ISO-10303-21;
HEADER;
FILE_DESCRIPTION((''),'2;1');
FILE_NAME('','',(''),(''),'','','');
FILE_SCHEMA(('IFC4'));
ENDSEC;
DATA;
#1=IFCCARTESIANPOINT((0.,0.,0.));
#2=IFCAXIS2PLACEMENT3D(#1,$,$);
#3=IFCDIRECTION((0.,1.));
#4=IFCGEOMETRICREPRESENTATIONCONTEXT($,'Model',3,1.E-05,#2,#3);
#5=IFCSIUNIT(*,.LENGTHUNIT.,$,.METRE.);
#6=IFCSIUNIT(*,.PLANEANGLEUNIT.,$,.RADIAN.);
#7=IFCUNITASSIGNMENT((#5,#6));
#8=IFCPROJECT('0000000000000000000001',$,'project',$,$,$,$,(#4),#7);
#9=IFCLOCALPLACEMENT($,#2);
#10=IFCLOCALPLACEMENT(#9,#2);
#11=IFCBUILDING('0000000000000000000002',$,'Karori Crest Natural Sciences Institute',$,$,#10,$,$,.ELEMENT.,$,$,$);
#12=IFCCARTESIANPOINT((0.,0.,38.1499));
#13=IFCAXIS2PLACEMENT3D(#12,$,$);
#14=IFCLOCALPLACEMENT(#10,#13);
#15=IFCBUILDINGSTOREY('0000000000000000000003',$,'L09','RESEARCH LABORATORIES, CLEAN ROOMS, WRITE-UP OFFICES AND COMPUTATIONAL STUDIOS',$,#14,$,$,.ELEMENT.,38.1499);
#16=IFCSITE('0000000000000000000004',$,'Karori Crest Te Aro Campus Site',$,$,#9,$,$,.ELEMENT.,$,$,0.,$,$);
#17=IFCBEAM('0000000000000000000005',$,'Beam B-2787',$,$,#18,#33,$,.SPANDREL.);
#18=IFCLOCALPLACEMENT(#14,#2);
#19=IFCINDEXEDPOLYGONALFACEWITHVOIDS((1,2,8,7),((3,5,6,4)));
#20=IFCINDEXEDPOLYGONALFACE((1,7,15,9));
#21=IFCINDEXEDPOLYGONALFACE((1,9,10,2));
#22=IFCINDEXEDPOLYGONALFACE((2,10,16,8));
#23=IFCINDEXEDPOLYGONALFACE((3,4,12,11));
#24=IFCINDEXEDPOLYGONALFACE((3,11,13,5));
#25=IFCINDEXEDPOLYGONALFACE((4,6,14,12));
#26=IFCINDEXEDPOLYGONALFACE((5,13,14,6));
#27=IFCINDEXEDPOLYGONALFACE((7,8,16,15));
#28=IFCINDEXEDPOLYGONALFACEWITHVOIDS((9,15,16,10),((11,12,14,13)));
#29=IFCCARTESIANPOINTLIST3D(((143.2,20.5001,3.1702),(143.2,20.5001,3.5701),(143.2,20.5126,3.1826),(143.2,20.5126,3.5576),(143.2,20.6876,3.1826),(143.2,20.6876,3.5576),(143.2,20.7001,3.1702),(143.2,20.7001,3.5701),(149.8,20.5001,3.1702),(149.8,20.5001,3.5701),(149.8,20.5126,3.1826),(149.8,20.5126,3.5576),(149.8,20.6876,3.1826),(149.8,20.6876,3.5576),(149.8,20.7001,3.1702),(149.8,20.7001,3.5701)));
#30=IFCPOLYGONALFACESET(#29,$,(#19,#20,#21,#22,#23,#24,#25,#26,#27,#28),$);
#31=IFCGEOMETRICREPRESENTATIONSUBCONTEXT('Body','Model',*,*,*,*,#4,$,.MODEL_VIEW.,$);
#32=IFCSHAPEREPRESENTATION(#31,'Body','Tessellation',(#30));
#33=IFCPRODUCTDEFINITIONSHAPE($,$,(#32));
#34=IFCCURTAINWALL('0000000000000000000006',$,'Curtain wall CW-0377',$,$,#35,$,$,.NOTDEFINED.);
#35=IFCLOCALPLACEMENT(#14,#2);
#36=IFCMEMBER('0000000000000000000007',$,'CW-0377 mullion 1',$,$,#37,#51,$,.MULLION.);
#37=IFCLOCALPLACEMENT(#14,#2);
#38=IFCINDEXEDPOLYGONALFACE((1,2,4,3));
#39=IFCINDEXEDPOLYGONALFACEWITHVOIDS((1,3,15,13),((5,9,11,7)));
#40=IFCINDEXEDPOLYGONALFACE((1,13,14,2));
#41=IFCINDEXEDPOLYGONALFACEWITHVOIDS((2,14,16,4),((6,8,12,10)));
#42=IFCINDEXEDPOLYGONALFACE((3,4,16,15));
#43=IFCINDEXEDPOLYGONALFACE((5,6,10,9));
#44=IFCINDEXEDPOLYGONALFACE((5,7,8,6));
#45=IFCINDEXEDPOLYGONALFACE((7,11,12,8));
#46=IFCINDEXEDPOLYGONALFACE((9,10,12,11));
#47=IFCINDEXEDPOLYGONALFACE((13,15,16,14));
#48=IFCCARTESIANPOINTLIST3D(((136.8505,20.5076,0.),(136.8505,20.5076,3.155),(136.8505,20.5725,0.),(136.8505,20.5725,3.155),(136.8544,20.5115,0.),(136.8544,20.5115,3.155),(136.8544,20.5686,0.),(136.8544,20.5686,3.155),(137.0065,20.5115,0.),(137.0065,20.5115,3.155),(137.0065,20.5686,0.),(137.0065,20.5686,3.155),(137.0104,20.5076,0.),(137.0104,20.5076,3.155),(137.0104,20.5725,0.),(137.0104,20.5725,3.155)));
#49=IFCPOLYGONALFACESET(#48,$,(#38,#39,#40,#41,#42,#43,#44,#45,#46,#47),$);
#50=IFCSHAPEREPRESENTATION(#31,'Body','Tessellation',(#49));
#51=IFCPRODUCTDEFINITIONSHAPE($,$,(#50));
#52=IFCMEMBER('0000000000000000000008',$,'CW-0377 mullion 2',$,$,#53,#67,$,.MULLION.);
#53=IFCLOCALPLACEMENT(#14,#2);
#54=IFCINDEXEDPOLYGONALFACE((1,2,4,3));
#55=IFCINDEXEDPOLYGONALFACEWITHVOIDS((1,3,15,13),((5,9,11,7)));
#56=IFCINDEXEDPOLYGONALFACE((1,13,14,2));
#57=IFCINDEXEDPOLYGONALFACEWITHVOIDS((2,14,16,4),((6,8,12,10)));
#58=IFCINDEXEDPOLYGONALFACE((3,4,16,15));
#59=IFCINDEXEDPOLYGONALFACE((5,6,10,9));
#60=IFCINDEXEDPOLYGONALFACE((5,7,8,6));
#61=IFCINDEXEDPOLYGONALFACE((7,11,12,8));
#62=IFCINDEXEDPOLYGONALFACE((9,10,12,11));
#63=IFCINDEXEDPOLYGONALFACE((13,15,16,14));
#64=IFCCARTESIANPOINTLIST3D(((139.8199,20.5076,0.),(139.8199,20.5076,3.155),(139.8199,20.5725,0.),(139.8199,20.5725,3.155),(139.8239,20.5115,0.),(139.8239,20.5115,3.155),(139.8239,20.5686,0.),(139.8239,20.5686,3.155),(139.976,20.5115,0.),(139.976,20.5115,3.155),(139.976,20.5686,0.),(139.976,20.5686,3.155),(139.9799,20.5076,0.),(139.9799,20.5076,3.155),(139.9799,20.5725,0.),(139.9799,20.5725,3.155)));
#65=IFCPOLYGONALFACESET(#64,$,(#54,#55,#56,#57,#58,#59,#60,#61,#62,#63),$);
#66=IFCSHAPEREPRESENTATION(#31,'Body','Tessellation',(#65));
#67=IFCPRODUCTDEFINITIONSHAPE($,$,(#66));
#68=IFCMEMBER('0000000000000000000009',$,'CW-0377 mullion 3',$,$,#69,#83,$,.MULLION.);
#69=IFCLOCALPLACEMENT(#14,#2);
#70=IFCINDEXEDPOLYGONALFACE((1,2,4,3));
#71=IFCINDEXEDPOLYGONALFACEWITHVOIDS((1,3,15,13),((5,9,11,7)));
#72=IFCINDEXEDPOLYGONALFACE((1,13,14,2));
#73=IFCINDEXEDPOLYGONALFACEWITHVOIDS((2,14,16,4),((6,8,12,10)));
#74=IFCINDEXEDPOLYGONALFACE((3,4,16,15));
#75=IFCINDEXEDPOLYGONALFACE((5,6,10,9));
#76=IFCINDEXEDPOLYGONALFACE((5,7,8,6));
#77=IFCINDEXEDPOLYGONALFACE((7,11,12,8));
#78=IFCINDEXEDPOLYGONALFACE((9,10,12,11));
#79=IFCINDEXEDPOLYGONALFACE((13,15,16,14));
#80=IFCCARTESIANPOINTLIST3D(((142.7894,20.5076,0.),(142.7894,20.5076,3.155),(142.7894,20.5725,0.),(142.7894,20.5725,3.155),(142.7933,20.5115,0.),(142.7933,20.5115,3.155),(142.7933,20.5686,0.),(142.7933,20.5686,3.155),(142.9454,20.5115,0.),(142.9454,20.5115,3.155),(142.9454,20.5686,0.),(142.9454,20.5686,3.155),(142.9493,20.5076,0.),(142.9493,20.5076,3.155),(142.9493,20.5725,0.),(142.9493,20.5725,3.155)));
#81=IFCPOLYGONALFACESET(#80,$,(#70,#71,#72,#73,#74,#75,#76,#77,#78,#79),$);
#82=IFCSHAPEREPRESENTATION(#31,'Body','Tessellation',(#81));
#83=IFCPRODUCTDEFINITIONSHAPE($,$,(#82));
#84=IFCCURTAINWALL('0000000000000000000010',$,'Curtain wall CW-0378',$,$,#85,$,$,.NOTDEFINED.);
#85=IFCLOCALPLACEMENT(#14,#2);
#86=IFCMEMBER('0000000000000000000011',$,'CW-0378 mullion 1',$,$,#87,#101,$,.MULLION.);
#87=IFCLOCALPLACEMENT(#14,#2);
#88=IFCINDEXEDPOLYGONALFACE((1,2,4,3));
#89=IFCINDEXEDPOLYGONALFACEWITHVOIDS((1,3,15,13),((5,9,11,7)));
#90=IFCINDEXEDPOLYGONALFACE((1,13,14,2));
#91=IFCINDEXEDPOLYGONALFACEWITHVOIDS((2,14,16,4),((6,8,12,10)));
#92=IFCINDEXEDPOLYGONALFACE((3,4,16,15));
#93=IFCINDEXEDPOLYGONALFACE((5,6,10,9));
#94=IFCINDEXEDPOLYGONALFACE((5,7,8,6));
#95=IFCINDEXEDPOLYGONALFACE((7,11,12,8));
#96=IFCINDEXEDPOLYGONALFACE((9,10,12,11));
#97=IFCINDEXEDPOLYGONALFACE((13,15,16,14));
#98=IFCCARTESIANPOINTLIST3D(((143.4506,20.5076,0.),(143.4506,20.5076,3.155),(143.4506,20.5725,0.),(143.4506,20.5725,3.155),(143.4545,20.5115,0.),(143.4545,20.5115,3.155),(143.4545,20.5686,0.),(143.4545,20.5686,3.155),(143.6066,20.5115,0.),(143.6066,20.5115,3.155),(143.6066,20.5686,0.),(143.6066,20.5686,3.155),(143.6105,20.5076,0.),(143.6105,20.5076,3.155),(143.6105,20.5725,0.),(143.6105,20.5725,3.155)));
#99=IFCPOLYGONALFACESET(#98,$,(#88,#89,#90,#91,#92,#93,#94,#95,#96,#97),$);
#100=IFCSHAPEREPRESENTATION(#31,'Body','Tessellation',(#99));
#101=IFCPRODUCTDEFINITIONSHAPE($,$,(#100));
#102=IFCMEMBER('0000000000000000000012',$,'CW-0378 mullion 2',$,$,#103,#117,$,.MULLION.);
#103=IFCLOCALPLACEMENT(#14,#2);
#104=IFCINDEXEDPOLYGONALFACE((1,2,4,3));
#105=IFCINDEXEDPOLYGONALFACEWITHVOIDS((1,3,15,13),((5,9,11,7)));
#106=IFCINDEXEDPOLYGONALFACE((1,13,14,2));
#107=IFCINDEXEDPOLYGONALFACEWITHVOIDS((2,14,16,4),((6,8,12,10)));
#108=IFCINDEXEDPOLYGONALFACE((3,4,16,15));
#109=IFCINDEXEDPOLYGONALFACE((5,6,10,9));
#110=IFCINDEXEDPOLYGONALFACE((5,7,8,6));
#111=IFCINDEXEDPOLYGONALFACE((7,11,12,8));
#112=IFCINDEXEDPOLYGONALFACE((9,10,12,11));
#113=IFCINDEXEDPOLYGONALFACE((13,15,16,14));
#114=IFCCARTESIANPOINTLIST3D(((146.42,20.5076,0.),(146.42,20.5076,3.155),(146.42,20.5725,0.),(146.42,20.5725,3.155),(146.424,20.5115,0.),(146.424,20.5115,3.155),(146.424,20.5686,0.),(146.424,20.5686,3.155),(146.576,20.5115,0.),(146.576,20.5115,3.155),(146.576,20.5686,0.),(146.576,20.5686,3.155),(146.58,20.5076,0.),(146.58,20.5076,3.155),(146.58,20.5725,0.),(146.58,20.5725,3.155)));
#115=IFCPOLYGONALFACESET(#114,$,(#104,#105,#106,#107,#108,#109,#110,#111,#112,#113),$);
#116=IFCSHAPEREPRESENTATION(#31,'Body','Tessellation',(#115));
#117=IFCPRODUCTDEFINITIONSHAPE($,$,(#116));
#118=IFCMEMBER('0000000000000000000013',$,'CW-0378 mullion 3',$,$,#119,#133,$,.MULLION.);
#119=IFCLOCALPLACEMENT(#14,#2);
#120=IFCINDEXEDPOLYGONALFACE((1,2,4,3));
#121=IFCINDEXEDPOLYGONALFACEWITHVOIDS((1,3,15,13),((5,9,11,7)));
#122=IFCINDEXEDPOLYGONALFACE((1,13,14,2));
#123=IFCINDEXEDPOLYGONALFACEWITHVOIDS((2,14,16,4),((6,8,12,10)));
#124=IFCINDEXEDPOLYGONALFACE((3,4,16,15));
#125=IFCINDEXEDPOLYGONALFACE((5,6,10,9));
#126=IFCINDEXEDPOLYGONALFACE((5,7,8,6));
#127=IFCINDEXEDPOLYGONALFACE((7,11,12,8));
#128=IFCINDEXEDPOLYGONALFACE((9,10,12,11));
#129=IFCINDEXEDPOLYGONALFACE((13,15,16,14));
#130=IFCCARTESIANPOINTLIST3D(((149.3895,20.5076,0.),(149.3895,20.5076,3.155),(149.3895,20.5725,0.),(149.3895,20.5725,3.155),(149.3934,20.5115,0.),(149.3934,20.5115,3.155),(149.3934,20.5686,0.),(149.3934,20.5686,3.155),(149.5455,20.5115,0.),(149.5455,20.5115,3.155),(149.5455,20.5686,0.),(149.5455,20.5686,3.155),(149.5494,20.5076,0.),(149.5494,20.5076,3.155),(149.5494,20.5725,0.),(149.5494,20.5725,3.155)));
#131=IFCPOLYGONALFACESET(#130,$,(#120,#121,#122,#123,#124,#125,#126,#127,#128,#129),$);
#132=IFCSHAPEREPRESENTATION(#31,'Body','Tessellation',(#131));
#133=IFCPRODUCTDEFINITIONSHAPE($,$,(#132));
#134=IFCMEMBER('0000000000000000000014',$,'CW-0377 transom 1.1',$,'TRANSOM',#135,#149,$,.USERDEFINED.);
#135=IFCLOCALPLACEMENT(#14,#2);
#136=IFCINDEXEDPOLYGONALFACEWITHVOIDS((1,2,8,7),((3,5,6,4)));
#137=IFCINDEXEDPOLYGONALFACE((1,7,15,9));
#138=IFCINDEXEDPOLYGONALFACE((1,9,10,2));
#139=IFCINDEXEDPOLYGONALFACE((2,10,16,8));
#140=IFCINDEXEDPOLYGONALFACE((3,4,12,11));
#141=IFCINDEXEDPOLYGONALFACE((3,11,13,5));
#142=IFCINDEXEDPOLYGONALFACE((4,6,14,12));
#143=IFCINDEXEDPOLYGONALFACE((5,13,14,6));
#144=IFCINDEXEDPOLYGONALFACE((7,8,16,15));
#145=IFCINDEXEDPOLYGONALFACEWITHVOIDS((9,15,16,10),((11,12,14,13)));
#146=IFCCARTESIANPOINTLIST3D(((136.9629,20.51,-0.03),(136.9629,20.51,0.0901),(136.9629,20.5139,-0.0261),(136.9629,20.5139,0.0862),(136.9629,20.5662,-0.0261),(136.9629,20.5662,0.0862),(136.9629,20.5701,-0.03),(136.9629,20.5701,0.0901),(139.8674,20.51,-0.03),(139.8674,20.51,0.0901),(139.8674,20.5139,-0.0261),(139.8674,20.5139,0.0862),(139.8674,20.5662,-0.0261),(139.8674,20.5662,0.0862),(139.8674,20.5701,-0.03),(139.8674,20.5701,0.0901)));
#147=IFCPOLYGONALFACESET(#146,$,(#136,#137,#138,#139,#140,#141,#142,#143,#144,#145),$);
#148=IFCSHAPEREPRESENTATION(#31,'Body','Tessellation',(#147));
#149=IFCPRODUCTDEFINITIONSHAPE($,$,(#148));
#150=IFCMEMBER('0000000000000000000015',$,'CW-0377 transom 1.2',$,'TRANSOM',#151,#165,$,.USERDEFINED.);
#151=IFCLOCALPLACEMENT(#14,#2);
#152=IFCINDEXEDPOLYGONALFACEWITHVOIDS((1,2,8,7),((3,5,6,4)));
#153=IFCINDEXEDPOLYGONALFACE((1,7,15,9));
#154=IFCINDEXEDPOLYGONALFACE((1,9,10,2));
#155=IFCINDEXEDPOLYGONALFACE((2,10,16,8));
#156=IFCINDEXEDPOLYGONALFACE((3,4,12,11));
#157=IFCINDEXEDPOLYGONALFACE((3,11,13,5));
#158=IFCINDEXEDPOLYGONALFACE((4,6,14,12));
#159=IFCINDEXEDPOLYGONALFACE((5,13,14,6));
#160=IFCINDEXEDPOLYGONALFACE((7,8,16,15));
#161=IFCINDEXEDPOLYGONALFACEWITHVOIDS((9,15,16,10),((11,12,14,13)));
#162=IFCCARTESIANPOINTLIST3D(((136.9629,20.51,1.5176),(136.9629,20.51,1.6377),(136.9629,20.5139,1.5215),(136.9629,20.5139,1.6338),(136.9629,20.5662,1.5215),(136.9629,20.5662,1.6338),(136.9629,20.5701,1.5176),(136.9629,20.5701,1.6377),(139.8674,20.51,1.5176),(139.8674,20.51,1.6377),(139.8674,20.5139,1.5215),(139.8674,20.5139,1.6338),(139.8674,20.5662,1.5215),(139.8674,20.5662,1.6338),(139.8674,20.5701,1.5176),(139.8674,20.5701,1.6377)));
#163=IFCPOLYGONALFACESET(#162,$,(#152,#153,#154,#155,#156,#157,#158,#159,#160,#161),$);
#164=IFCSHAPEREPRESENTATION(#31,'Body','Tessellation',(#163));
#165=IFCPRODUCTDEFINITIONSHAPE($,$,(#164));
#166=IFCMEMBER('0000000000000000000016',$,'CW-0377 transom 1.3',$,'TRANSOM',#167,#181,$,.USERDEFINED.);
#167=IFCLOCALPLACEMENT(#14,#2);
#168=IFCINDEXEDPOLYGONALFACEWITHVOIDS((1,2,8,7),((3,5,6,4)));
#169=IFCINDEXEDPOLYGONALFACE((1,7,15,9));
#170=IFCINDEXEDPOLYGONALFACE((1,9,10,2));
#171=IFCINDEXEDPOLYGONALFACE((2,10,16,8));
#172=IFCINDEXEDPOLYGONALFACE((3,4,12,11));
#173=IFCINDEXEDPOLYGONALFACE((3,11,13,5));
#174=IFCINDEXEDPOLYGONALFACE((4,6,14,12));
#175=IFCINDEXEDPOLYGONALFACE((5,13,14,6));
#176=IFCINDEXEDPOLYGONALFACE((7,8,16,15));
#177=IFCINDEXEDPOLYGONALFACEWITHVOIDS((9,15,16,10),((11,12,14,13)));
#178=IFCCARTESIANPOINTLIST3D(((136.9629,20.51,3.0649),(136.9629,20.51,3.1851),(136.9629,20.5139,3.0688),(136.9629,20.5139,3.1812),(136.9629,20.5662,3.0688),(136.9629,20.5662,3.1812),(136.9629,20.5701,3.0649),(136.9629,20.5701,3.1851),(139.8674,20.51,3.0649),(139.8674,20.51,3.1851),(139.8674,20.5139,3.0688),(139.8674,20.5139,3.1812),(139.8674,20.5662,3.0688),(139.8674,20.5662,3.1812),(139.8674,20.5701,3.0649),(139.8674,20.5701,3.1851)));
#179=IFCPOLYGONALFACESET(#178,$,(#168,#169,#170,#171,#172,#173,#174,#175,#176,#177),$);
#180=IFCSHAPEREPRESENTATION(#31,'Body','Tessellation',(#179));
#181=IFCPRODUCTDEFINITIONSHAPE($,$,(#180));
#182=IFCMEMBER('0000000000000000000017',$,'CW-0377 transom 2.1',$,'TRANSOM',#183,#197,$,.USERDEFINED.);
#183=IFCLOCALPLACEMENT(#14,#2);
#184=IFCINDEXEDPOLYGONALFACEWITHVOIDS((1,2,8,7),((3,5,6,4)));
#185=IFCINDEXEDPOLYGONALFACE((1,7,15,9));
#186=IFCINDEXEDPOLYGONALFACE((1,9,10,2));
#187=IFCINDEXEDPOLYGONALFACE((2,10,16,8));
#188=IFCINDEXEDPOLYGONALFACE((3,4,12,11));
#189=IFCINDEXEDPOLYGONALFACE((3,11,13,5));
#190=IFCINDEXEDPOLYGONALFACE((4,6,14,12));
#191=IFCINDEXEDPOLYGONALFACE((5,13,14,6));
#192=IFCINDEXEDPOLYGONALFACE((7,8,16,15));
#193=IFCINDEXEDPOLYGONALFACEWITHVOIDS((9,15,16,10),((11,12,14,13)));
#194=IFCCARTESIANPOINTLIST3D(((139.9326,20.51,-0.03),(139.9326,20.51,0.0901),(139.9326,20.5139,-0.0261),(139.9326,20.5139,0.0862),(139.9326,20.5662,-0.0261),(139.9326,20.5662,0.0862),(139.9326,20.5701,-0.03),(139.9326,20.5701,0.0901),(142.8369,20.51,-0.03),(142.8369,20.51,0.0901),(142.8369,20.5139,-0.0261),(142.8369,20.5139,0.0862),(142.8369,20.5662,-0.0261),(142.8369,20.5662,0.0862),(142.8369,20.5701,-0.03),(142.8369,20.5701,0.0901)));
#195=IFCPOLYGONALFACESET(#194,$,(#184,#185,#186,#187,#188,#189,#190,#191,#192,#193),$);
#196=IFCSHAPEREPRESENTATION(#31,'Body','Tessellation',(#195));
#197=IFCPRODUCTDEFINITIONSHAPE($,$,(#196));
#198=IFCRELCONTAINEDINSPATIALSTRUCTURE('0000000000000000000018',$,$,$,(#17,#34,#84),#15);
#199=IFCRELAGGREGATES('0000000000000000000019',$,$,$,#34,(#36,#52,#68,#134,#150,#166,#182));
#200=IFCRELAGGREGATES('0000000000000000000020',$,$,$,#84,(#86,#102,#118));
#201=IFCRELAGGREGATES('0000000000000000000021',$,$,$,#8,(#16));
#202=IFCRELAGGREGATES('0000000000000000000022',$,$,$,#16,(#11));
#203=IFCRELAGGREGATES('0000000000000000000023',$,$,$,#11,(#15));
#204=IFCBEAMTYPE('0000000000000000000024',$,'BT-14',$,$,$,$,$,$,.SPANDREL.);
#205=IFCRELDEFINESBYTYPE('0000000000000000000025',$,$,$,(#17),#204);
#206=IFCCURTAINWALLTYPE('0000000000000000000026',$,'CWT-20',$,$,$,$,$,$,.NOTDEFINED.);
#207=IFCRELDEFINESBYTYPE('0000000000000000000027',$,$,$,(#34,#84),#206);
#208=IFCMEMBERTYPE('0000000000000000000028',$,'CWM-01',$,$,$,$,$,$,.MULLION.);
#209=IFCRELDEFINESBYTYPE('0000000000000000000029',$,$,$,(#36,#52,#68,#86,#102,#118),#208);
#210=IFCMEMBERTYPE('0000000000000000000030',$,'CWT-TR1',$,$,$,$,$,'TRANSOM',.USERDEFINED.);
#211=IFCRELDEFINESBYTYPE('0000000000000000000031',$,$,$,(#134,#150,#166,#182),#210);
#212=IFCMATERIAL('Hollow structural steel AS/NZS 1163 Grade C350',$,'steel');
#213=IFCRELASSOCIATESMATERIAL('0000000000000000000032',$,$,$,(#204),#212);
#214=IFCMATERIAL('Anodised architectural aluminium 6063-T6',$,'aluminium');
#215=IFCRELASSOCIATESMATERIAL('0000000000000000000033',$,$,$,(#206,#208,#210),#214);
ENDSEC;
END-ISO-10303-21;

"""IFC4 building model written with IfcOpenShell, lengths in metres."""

from ifc_helpers import new_model, si_unit, direction, frame, origin, origin_2d, place, context, subcontext, project, spatial, hollow_rectangle, extrude, material, material_profile, profile_set, type_object, element, aggregate, save


model = new_model("IFC4")

# Units and contexts
model_context = context("Model", 3, precision=1e-05, world=origin(), true_north=direction((0.0, 1.0)))
body_context = subcontext(model_context, "Body", "Model", "MODEL_VIEW")
ifc_project = project(units=[si_unit("LENGTHUNIT", "METRE"), si_unit("PLANEANGLEUNIT", "RADIAN")], contexts=[model_context])

# Site, building, storey
site_placement = place(None, origin())
site = spatial("IfcSite", under=ifc_project, at=site_placement, Name="Karori Crest Te Aro Campus Site", CompositionType="ELEMENT", RefElevation=0.0)
building_placement = place(site_placement, origin())
building = spatial("IfcBuilding", under=site, at=building_placement, Name="Karori Crest Natural Sciences Institute", CompositionType="ELEMENT")
storey_placement = place(building_placement, frame((0.0, 0.0, 38.1499)))
storey = spatial("IfcBuildingStorey", under=building, at=storey_placement, Name="L09", Description="RESEARCH LABORATORIES, CLEAN ROOMS, WRITE-UP OFFICES AND COMPUTATIONAL STUDIOS", CompositionType="ELEMENT", Elevation=38.1499)

# Beam
ifc_material_1 = material(Name="Hollow structural steel AS/NZS 1163 Grade C350", Category="steel")
ifc_material_profile_1 = material_profile(ifc_material_1, hollow_rectangle(XDim=0.2, YDim=0.3999, WallThickness=0.0125, at=origin_2d()), Name="RHS400x200x12.5")
ifc_profile_set_1 = profile_set([ifc_material_profile_1], Name="Hollow structural steel AS/NZS 1163 Grade C350")
beam_type_1 = type_object("IfcBeamType", Name="BT-14", PredefinedType="SPANDREL", material=ifc_profile_set_1)
beam_1_placement = place(storey_placement, frame((143.2, 20.6001, 3.3701), z_axis=(1.0, 0.0, 0.0), x_axis=(0.0, 1.0, 0.0)))
element("IfcBeam", 1, at=beam_1_placement, inside=storey, type_object=beam_type_1, Name="Beam B-2787", PredefinedType="SPANDREL", context=body_context, shape_type="SweptSolid", body=[
    extrude(hollow_rectangle(XDim=0.2, YDim=0.3999, WallThickness=0.0125, at=origin_2d()), origin(), (0.0, 0.0, 1.0), 6.6001),
])

# Curtain walls, members
ifc_material_2 = material(Name="Anodised architectural aluminium 6063-T6", Category="aluminium")
curtain_wall_type = type_object("IfcCurtainWallType", Name="CWT-20", PredefinedType="NOTDEFINED", material=ifc_material_2)
curtain_wall_1_placement = place(storey_placement, origin())
curtain_wall_1 = element("IfcCurtainWall", 2, at=curtain_wall_1_placement, inside=storey, type_object=curtain_wall_type, Name="Curtain wall CW-0377", PredefinedType="NOTDEFINED")
ifc_material_profile_2 = material_profile(ifc_material_2, hollow_rectangle(XDim=0.0649, YDim=0.1599, WallThickness=0.0039, at=origin_2d()), Name="CWM160x65x4")
ifc_profile_set_2 = profile_set([ifc_material_profile_2], Name="Anodised architectural aluminium 6063-T6")
member_type_1 = type_object("IfcMemberType", Name="CWM-01", PredefinedType="MULLION", material=ifc_profile_set_2)
member_1_placement = place(storey_placement, frame((136.9304, 20.54, 0.0), z_axis=(0.0, 0.0, 1.0), x_axis=(0.0, 1.0, 0.0)))
member_1 = element("IfcMember", 3, at=member_1_placement, type_object=member_type_1, Name="CW-0377 mullion 1", PredefinedType="MULLION", context=body_context, shape_type="SweptSolid", body=[
    extrude(hollow_rectangle(XDim=0.0649, YDim=0.1599, WallThickness=0.0039, at=origin_2d()), origin(), (0.0, 0.0, 1.0), 3.155),
])
member_2_placement = place(storey_placement, frame((139.8999, 20.54, 0.0), z_axis=(0.0, 0.0, 1.0), x_axis=(0.0, 1.0, 0.0)))
member_2 = element("IfcMember", 4, at=member_2_placement, type_object=member_type_1, Name="CW-0377 mullion 2", PredefinedType="MULLION", context=body_context, shape_type="SweptSolid", body=[
    extrude(hollow_rectangle(XDim=0.0649, YDim=0.1599, WallThickness=0.0039, at=origin_2d()), origin(), (0.0, 0.0, 1.0), 3.155),
])
member_3_placement = place(storey_placement, frame((142.8694, 20.54, 0.0), z_axis=(0.0, 0.0, 1.0), x_axis=(0.0, 1.0, 0.0)))
member_3 = element("IfcMember", 5, at=member_3_placement, type_object=member_type_1, Name="CW-0377 mullion 3", PredefinedType="MULLION", context=body_context, shape_type="SweptSolid", body=[
    extrude(hollow_rectangle(XDim=0.0649, YDim=0.1599, WallThickness=0.0039, at=origin_2d()), origin(), (0.0, 0.0, 1.0), 3.155),
])
curtain_wall_2_placement = place(storey_placement, origin())
curtain_wall_2 = element("IfcCurtainWall", 6, at=curtain_wall_2_placement, inside=storey, type_object=curtain_wall_type, Name="Curtain wall CW-0378", PredefinedType="NOTDEFINED")
member_4_placement = place(storey_placement, frame((143.5305, 20.54, 0.0), z_axis=(0.0, 0.0, 1.0), x_axis=(0.0, 1.0, 0.0)))
member_4 = element("IfcMember", 7, at=member_4_placement, type_object=member_type_1, Name="CW-0378 mullion 1", PredefinedType="MULLION", context=body_context, shape_type="SweptSolid", body=[
    extrude(hollow_rectangle(XDim=0.0649, YDim=0.1599, WallThickness=0.0039, at=origin_2d()), origin(), (0.0, 0.0, 1.0), 3.155),
])
member_5_placement = place(storey_placement, frame((146.5, 20.54, 0.0), z_axis=(0.0, 0.0, 1.0), x_axis=(0.0, 1.0, 0.0)))
member_5 = element("IfcMember", 8, at=member_5_placement, type_object=member_type_1, Name="CW-0378 mullion 2", PredefinedType="MULLION", context=body_context, shape_type="SweptSolid", body=[
    extrude(hollow_rectangle(XDim=0.0649, YDim=0.1599, WallThickness=0.0039, at=origin_2d()), origin(), (0.0, 0.0, 1.0), 3.155),
])
member_6_placement = place(storey_placement, frame((149.4695, 20.54, 0.0), z_axis=(0.0, 0.0, 1.0), x_axis=(0.0, 1.0, 0.0)))
member_6 = element("IfcMember", 9, at=member_6_placement, type_object=member_type_1, Name="CW-0378 mullion 3", PredefinedType="MULLION", context=body_context, shape_type="SweptSolid", body=[
    extrude(hollow_rectangle(XDim=0.0649, YDim=0.1599, WallThickness=0.0039, at=origin_2d()), origin(), (0.0, 0.0, 1.0), 3.155),
])

# Members
ifc_material_profile_3 = material_profile(ifc_material_2, hollow_rectangle(XDim=0.0601, YDim=0.1201, WallThickness=0.0039, at=origin_2d()), Name="CWT120x60x4")
ifc_profile_set_3 = profile_set([ifc_material_profile_3], Name="Anodised architectural aluminium 6063-T6")
member_type_2 = type_object("IfcMemberType", Name="CWT-TR1", ElementType="TRANSOM", PredefinedType="USERDEFINED", material=ifc_profile_set_3)
member_7_placement = place(storey_placement, frame((136.9629, 20.54, 0.03), z_axis=(1.0, 0.0, 0.0), x_axis=(0.0, 1.0, 0.0)))
member_7 = element("IfcMember", 10, at=member_7_placement, type_object=member_type_2, Name="CW-0377 transom 1.1", ObjectType="TRANSOM", PredefinedType="USERDEFINED", context=body_context, shape_type="SweptSolid", body=[
    extrude(hollow_rectangle(XDim=0.0601, YDim=0.1201, WallThickness=0.0039, at=origin_2d()), origin(), (0.0, 0.0, 1.0), 2.9045),
])
member_8_placement = place(storey_placement, frame((136.9629, 20.54, 1.5776), z_axis=(1.0, 0.0, 0.0), x_axis=(0.0, 1.0, 0.0)))
member_8 = element("IfcMember", 11, at=member_8_placement, type_object=member_type_2, Name="CW-0377 transom 1.2", ObjectType="TRANSOM", PredefinedType="USERDEFINED", context=body_context, shape_type="SweptSolid", body=[
    extrude(hollow_rectangle(XDim=0.0601, YDim=0.1201, WallThickness=0.0039, at=origin_2d()), origin(), (0.0, 0.0, 1.0), 2.9045),
])
member_9_placement = place(storey_placement, frame((136.9629, 20.54, 3.125), z_axis=(1.0, 0.0, 0.0), x_axis=(0.0, 1.0, 0.0)))
member_9 = element("IfcMember", 12, at=member_9_placement, type_object=member_type_2, Name="CW-0377 transom 1.3", ObjectType="TRANSOM", PredefinedType="USERDEFINED", context=body_context, shape_type="SweptSolid", body=[
    extrude(hollow_rectangle(XDim=0.0601, YDim=0.1201, WallThickness=0.0039, at=origin_2d()), origin(), (0.0, 0.0, 1.0), 2.9045),
])
member_10_placement = place(storey_placement, frame((139.9326, 20.54, 0.03), z_axis=(1.0, 0.0, 0.0), x_axis=(0.0, 1.0, 0.0)))
member_10 = element("IfcMember", 13, at=member_10_placement, type_object=member_type_2, Name="CW-0377 transom 2.1", ObjectType="TRANSOM", PredefinedType="USERDEFINED", context=body_context, shape_type="SweptSolid", body=[
    extrude(hollow_rectangle(XDim=0.0601, YDim=0.1201, WallThickness=0.0039, at=origin_2d()), origin(), (0.0, 0.0, 1.0), 2.9043),
])

aggregate(curtain_wall_1, [member_1, member_2, member_3, member_7, member_8, member_9, member_10])
aggregate(curtain_wall_2, [member_4, member_5, member_6])

save(model, "model.ifc")
